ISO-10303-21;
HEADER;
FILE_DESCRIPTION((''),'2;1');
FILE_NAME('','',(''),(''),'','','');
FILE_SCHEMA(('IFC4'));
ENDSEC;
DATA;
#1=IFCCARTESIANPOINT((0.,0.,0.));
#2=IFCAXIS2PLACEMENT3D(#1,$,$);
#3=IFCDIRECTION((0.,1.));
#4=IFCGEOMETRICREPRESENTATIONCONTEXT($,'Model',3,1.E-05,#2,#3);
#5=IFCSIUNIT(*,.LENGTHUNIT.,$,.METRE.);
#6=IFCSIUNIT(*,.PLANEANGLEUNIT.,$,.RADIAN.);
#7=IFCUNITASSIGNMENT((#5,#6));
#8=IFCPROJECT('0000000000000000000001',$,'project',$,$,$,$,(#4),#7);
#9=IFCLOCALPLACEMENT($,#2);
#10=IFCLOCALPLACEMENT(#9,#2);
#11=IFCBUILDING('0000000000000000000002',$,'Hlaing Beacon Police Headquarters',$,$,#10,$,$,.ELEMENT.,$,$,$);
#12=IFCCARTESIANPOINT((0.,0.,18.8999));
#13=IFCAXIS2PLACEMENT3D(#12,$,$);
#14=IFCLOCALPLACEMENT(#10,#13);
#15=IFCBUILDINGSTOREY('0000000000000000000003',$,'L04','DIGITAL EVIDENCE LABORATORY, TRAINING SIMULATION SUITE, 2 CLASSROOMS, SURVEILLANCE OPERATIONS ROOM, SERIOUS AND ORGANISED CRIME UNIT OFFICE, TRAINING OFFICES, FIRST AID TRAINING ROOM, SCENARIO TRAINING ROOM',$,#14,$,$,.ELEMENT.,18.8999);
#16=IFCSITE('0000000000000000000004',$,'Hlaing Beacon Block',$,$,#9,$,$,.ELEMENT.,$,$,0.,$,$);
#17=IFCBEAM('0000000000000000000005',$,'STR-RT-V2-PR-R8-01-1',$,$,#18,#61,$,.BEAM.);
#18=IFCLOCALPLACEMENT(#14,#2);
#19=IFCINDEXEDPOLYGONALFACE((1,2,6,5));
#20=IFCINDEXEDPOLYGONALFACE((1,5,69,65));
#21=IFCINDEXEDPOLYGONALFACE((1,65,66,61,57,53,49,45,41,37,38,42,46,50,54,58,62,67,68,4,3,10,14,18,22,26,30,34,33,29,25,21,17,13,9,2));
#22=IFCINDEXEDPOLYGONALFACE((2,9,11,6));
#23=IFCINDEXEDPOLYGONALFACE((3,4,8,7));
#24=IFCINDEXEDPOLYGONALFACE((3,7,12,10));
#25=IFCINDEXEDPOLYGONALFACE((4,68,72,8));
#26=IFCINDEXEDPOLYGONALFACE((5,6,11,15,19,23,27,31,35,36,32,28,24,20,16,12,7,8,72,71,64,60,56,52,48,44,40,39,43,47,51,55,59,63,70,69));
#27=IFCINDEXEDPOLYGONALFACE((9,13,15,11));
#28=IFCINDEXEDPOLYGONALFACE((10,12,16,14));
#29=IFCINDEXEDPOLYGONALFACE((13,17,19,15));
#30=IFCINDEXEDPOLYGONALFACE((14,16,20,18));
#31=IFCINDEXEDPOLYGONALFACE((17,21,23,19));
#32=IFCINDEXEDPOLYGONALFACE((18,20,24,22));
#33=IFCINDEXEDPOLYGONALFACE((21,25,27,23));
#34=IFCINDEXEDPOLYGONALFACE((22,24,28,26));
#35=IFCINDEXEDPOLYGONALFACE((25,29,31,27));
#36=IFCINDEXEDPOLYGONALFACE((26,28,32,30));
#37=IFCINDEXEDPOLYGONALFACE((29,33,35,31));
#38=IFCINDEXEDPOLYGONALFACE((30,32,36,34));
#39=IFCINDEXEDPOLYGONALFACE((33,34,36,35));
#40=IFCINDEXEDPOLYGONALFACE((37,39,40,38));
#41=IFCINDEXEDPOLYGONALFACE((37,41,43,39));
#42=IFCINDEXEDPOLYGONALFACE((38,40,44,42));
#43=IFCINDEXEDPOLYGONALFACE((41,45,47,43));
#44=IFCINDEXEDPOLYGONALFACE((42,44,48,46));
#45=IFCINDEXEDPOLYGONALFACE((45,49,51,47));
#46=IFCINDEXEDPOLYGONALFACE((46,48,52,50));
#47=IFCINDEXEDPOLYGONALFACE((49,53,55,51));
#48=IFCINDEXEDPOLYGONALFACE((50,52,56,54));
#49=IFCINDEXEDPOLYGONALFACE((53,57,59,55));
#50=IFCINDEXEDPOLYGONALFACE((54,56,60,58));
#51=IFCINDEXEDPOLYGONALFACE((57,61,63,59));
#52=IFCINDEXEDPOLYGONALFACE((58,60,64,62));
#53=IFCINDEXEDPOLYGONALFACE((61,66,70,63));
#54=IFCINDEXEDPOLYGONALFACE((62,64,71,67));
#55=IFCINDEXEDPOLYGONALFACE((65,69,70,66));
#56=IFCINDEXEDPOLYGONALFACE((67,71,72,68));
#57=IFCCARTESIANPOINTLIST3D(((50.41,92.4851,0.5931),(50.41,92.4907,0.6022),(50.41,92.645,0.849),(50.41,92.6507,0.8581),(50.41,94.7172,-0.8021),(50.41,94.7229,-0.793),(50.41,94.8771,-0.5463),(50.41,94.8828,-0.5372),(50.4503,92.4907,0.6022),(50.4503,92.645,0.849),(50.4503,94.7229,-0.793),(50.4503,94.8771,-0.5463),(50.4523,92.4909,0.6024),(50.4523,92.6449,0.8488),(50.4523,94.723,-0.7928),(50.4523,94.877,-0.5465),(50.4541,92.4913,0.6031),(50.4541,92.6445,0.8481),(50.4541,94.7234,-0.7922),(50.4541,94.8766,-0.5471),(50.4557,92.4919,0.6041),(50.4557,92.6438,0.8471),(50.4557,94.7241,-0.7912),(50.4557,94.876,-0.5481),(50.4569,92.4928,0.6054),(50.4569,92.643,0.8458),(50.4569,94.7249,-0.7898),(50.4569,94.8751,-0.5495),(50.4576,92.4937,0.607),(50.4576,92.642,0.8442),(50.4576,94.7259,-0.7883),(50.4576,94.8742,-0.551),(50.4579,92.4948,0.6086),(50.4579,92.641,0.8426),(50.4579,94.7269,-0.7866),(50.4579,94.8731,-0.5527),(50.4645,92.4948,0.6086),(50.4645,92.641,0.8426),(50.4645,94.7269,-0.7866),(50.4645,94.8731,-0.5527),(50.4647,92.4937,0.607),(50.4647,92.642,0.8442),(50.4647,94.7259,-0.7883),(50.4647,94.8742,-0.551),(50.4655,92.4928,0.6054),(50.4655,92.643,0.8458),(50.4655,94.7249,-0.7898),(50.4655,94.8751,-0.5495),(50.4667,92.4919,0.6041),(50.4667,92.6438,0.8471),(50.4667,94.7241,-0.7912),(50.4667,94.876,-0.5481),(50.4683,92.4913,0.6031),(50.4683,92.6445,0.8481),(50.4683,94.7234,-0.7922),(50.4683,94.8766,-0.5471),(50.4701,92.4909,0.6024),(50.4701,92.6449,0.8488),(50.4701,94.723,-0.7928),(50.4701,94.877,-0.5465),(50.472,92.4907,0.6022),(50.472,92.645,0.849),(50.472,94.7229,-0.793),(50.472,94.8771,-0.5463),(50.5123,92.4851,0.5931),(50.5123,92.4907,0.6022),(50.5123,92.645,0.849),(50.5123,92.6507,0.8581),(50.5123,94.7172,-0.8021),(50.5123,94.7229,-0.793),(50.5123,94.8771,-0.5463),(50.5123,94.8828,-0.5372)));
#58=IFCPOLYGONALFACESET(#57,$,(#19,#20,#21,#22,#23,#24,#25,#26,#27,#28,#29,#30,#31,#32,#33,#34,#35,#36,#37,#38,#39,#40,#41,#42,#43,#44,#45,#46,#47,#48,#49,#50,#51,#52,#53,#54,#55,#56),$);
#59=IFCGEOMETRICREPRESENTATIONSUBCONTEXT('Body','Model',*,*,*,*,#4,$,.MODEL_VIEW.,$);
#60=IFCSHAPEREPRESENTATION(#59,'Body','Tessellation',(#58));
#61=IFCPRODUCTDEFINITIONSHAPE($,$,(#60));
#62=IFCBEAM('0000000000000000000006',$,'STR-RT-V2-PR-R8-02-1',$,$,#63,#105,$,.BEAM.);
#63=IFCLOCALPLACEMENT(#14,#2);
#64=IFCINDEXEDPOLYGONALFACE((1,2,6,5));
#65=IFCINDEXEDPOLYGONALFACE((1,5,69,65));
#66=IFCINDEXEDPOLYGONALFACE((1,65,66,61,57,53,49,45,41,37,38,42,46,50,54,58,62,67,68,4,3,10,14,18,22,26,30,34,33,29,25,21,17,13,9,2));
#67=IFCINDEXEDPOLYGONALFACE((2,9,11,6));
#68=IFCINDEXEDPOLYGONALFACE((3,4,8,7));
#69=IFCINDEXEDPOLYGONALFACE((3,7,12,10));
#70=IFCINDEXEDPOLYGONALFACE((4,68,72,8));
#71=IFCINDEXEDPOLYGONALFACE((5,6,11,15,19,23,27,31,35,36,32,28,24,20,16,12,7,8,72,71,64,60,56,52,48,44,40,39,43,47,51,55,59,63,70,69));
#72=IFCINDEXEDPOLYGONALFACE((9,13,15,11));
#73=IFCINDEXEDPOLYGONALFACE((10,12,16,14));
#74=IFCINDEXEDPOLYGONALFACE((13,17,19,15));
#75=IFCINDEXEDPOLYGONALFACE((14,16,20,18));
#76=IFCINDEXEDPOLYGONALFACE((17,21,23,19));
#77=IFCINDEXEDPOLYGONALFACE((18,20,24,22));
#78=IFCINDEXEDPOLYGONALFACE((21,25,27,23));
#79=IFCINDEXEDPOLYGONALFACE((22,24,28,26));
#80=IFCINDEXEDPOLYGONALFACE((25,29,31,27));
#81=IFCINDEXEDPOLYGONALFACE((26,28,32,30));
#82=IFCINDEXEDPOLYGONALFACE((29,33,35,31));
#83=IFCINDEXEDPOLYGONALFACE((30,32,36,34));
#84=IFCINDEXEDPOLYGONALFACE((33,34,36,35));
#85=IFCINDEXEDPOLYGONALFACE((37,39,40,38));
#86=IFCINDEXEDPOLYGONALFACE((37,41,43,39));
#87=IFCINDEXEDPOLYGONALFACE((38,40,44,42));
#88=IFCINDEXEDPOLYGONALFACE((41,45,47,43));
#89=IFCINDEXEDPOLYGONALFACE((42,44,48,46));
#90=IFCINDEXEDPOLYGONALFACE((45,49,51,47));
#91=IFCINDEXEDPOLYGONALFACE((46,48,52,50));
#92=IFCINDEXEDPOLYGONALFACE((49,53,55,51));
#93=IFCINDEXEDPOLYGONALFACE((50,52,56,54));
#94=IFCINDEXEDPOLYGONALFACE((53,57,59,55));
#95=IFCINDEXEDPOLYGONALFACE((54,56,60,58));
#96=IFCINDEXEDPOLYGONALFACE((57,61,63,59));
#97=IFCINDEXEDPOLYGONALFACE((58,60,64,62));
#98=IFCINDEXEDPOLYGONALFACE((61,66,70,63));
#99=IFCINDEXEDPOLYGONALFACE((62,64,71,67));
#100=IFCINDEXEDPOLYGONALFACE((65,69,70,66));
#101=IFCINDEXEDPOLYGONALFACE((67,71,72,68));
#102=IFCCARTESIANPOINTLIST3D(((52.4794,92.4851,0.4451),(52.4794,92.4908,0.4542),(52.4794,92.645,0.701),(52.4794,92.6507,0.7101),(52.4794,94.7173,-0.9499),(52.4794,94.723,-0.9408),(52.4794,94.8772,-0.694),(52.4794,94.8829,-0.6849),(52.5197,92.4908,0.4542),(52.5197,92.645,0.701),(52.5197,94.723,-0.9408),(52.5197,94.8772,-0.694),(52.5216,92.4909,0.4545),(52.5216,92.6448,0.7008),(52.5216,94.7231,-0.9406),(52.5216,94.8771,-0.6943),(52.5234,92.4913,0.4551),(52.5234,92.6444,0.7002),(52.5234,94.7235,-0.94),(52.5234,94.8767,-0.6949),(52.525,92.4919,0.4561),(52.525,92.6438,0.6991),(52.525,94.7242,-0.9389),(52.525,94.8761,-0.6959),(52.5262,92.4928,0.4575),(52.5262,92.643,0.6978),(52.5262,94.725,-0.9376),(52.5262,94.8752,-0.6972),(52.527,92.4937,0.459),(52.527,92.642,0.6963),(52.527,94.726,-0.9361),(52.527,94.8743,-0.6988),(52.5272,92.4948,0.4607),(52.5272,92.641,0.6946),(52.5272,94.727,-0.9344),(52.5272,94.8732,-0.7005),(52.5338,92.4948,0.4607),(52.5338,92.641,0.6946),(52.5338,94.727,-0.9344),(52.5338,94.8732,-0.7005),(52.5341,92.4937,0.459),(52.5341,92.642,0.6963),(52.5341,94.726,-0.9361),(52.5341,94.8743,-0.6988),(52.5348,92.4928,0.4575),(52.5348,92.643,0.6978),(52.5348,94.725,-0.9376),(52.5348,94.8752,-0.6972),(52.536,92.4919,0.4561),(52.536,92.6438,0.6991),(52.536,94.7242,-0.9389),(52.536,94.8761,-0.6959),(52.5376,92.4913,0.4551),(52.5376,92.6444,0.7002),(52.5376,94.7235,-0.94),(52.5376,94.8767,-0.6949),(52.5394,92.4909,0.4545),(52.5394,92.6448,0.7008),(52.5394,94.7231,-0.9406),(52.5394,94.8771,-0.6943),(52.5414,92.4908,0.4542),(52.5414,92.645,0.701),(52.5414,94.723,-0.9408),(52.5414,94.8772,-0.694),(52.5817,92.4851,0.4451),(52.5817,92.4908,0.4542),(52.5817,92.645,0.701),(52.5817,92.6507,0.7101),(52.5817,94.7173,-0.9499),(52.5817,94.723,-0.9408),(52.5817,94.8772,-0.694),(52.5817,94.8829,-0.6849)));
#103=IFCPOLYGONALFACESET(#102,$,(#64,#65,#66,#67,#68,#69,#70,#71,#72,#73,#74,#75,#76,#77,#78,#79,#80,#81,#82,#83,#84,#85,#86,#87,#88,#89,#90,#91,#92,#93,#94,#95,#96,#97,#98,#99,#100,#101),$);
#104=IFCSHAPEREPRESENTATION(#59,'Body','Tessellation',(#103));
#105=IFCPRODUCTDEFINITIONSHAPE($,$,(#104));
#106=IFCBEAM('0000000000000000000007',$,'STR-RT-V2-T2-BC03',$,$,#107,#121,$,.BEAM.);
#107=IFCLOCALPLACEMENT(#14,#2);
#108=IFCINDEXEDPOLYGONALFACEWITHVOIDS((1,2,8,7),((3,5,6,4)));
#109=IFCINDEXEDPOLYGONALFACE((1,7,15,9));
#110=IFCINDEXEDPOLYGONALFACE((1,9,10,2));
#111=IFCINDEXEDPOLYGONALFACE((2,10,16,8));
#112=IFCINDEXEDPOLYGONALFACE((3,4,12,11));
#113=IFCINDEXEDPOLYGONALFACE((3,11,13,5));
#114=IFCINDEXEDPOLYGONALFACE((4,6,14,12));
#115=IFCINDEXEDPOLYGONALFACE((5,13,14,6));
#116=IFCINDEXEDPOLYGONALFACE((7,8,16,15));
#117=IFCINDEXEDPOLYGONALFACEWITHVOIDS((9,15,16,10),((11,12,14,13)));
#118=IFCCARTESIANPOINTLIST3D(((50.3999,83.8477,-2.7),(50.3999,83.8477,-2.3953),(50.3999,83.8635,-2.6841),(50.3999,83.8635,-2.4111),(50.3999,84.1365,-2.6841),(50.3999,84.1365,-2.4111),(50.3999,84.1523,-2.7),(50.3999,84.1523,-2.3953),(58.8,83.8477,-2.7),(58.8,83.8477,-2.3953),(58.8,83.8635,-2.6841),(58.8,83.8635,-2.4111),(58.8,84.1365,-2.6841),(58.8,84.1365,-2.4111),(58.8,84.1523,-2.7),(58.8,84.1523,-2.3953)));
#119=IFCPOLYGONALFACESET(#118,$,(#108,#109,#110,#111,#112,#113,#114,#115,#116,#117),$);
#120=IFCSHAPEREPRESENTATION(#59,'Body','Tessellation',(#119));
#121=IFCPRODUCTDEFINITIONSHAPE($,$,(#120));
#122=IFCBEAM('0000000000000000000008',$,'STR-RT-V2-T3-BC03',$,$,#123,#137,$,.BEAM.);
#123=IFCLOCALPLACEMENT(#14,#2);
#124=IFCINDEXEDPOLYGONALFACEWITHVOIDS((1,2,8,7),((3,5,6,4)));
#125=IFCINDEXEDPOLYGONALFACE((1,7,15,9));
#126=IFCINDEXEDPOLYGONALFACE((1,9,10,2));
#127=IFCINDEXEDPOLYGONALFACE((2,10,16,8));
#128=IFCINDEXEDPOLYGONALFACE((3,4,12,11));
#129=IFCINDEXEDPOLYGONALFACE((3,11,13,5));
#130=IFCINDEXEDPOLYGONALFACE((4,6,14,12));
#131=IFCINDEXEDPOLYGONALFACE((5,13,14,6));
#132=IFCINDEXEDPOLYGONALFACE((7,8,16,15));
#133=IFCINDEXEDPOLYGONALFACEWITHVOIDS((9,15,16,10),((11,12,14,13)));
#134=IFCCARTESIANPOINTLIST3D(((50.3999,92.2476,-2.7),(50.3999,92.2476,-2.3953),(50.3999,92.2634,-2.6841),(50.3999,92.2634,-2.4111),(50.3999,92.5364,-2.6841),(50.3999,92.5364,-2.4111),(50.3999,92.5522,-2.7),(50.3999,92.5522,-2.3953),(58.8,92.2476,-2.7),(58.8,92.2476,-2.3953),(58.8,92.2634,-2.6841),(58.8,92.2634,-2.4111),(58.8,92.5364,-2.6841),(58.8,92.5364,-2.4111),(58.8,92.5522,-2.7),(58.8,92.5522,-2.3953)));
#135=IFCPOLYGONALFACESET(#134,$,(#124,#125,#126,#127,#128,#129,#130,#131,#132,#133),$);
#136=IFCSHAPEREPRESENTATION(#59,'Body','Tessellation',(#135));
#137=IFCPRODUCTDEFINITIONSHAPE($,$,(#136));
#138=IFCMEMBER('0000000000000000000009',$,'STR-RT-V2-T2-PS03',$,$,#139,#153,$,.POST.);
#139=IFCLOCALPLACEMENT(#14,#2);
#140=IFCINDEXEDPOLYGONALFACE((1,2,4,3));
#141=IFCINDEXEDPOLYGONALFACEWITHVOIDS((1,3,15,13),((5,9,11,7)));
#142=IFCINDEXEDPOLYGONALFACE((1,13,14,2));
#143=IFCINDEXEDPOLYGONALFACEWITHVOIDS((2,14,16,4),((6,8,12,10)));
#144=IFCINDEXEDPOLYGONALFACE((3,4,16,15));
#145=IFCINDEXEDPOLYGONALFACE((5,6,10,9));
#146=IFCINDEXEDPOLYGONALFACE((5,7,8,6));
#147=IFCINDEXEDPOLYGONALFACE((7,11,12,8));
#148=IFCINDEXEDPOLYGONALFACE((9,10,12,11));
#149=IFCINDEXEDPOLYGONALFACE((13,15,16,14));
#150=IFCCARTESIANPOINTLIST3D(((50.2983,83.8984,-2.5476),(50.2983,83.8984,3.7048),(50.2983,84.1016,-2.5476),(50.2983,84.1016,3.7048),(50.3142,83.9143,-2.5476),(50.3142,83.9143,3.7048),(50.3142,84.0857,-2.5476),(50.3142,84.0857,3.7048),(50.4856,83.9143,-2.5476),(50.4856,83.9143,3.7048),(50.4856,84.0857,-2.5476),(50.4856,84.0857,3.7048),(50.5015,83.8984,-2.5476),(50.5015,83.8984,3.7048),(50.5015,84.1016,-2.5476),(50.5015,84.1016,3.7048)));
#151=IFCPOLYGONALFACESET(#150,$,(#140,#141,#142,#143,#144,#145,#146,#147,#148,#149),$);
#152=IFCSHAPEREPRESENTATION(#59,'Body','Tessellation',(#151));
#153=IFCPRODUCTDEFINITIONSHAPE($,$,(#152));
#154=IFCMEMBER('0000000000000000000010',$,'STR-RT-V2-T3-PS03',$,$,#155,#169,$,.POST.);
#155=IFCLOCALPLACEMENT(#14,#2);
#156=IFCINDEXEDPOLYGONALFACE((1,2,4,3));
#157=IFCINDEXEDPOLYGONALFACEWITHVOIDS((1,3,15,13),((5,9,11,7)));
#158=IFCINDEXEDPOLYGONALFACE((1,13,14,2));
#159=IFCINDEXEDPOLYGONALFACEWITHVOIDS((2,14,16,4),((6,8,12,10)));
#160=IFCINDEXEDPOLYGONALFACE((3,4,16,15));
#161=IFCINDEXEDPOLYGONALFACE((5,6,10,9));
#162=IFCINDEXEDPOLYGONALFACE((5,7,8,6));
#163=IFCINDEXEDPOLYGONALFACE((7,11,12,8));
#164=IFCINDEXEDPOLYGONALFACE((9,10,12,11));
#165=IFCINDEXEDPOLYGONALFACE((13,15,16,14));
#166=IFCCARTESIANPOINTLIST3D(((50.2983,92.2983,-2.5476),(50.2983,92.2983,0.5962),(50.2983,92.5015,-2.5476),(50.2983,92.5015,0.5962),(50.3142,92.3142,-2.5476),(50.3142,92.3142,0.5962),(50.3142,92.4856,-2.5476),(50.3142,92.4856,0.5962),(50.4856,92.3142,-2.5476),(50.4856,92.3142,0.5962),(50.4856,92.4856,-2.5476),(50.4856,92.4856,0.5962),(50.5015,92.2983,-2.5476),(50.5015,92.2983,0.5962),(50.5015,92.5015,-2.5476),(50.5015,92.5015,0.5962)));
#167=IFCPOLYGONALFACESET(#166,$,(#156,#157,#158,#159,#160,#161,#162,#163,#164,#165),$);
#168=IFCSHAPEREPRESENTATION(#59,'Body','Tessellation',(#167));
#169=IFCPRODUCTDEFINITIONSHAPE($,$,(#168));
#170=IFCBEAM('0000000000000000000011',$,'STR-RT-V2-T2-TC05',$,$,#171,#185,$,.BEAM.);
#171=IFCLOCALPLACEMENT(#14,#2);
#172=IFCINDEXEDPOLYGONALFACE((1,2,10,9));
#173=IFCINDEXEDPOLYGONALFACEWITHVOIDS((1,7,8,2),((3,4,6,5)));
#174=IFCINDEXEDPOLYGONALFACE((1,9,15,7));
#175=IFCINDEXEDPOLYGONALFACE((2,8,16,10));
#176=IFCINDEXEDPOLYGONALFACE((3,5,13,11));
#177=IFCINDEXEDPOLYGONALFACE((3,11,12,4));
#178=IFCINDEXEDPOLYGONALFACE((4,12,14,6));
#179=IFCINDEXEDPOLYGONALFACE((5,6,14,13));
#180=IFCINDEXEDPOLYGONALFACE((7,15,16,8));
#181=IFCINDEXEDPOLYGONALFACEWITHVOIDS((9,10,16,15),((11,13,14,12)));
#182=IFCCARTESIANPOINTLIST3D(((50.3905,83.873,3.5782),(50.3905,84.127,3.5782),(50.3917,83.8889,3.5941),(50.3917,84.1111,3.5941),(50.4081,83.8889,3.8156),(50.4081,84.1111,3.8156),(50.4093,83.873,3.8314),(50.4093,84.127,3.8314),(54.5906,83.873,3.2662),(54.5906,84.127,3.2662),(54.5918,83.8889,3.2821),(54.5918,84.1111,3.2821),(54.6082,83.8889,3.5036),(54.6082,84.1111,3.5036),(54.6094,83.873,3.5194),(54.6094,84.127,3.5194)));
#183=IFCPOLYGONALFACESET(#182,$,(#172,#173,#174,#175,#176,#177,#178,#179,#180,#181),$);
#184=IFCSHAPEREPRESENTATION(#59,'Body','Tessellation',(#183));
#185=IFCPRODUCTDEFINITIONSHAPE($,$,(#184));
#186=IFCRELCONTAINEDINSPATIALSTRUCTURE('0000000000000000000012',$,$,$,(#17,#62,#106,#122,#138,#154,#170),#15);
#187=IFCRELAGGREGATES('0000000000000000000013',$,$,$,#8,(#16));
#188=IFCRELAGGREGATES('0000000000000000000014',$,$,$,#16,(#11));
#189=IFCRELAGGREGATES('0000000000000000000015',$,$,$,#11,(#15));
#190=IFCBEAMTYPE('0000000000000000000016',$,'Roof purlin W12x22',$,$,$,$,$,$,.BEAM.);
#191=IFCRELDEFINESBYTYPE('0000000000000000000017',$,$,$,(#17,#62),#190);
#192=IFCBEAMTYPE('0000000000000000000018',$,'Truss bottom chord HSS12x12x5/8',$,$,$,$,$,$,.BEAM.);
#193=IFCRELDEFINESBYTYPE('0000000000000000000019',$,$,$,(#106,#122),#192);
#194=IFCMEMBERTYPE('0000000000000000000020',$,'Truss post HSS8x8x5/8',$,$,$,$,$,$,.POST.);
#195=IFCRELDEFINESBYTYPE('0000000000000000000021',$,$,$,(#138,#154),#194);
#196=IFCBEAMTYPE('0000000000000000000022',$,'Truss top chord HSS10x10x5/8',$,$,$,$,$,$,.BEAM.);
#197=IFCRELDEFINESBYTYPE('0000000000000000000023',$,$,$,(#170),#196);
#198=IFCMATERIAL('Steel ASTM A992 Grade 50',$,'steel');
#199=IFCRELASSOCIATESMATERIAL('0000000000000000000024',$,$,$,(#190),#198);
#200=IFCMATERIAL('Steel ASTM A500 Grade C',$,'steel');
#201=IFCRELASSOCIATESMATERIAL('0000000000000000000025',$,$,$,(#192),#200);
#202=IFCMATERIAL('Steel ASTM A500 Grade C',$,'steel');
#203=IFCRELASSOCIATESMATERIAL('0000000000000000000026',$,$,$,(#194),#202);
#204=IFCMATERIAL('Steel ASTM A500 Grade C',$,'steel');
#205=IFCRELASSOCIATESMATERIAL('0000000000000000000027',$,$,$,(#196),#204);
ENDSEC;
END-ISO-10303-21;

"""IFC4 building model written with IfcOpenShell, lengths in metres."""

from ifc_helpers import new_model, si_unit, direction, frame, origin, origin_2d, place, context, subcontext, project, spatial, hollow_rectangle, i_section, extrude, material, material_profile, profile_set, type_object, element, save


model = new_model("IFC4")

# Units and contexts
model_context = context("Model", 3, precision=1e-05, world=origin(), true_north=direction((0.0, 1.0)))
body_context = subcontext(model_context, "Body", "Model", "MODEL_VIEW")
ifc_project = project(units=[si_unit("LENGTHUNIT", "METRE"), si_unit("PLANEANGLEUNIT", "RADIAN")], contexts=[model_context])

# Site, building, storey
site_placement = place(None, origin())
site = spatial("IfcSite", under=ifc_project, at=site_placement, Name="Hlaing Beacon Block", CompositionType="ELEMENT", RefElevation=0.0)
building_placement = place(site_placement, origin())
building = spatial("IfcBuilding", under=site, at=building_placement, Name="Hlaing Beacon Police Headquarters", CompositionType="ELEMENT")
storey_placement = place(building_placement, frame((0.0, 0.0, 18.8999)))
storey = spatial("IfcBuildingStorey", under=building, at=storey_placement, Name="L04", Description="DIGITAL EVIDENCE LABORATORY, TRAINING SIMULATION SUITE, 2 CLASSROOMS, SURVEILLANCE OPERATIONS ROOM, SERIOUS AND ORGANISED CRIME UNIT OFFICE, TRAINING OFFICES, FIRST AID TRAINING ROOM, SCENARIO TRAINING ROOM", CompositionType="ELEMENT", Elevation=18.8999)

# Beams
ifc_material_1 = material(Name="Steel ASTM A992 Grade 50", Category="steel")
ifc_material_profile_1 = material_profile(ifc_material_1, i_section(OverallWidth=0.1023, OverallDepth=0.3125, WebThickness=0.0066, FlangeThickness=0.0107, FilletRadius=0.0076, at=origin_2d()), Name="W12x22")
ifc_profile_set_1 = profile_set([ifc_material_profile_1], Name="Steel ASTM A992 Grade 50")
beam_type_1 = type_object("IfcBeamType", Name="Roof purlin W12x22", PredefinedType="BEAM", material=ifc_profile_set_1)
for number, where, z_axis, x_axis, name in (
    (1, (50.4612, 92.5679, 0.7256), (0.0, 0.847972, -0.530041), (-1.0, 0.0, 0.0), "STR-RT-V2-PR-R8-01-1"),
    (2, (52.5305, 92.5679, 0.5776), (0.0, 0.848014, -0.529974), (-1.0, 0.0, 0.0), "STR-RT-V2-PR-R8-02-1"),
):
    element("IfcBeam", number, at=place(storey_placement, frame(where, z_axis=z_axis, x_axis=x_axis)), inside=storey, type_object=beam_type_1, Name=name, PredefinedType="BEAM", context=body_context, shape_type="SweptSolid", body=[
        extrude(i_section(OverallWidth=0.1023, OverallDepth=0.3125, WebThickness=0.0066, FlangeThickness=0.0107, FilletRadius=0.0076, at=origin_2d()), origin(), (0.0, 0.0, 1.0), 2.6323),
    ])
ifc_material_2 = material(Name="Steel ASTM A500 Grade C", Category="steel")
ifc_material_profile_2 = material_profile(ifc_material_2, hollow_rectangle(XDim=0.3047, YDim=0.3047, WallThickness=0.0159, at=origin_2d()), Name="HSS12x12x5/8")
ifc_profile_set_2 = profile_set([ifc_material_profile_2], Name="Steel ASTM A500 Grade C")
beam_type_2 = type_object("IfcBeamType", Name="Truss bottom chord HSS12x12x5/8", PredefinedType="BEAM", material=ifc_profile_set_2)
for number, where, z_axis, x_axis, name in (
    (3, (50.3999, 84.0, -2.5476), (1.0, 0.0, 0.0), (0.0, 1.0, 0.0), "STR-RT-V2-T2-BC03"),
    (4, (50.3999, 92.3999, -2.5476), (1.0, 0.0, 0.0), (0.0, 1.0, 0.0), "STR-RT-V2-T3-BC03"),
):
    element("IfcBeam", number, at=place(storey_placement, frame(where, z_axis=z_axis, x_axis=x_axis)), inside=storey, type_object=beam_type_2, Name=name, PredefinedType="BEAM", context=body_context, shape_type="SweptSolid", body=[
        extrude(hollow_rectangle(XDim=0.3047, YDim=0.3047, WallThickness=0.0159, at=origin_2d()), origin(), (0.0, 0.0, 1.0), 8.4001),
    ])

# Members
ifc_material_3 = material(Name="Steel ASTM A500 Grade C", Category="steel")
ifc_material_profile_3 = material_profile(ifc_material_3, hollow_rectangle(XDim=0.2031, YDim=0.2031, WallThickness=0.0159, at=origin_2d()), Name="HSS8x8x5/8")
ifc_profile_set_3 = profile_set([ifc_material_profile_3], Name="Steel ASTM A500 Grade C")
member_type_1 = type_object("IfcMemberType", Name="Truss post HSS8x8x5/8", PredefinedType="POST", material=ifc_profile_set_3)
member_1_placement = place(storey_placement, frame((50.3999, 84.0, -2.5476), z_axis=(0.0, 0.0, 1.0), x_axis=(1.0, 0.0, 0.0)))
element("IfcMember", 5, at=member_1_placement, inside=storey, type_object=member_type_1, Name="STR-RT-V2-T2-PS03", PredefinedType="POST", context=body_context, shape_type="SweptSolid", body=[
    extrude(hollow_rectangle(XDim=0.2031, YDim=0.2031, WallThickness=0.0159, at=origin_2d()), origin(), (0.0, 0.0, 1.0), 6.2524),
])
member_2_placement = place(storey_placement, frame((50.3999, 92.3999, -2.5476), z_axis=(0.0, 0.0, 1.0), x_axis=(1.0, 0.0, 0.0)))
element("IfcMember", 6, at=member_2_placement, inside=storey, type_object=member_type_1, Name="STR-RT-V2-T3-PS03", PredefinedType="POST", context=body_context, shape_type="SweptSolid", body=[
    extrude(hollow_rectangle(XDim=0.2031, YDim=0.2031, WallThickness=0.0159, at=origin_2d()), origin(), (0.0, 0.0, 1.0), 3.1438),
])

# Beam
ifc_material_4 = material(Name="Steel ASTM A500 Grade C", Category="steel")
ifc_material_profile_4 = material_profile(ifc_material_4, hollow_rectangle(XDim=0.2539, YDim=0.2539, WallThickness=0.0159, at=origin_2d()), Name="HSS10x10x5/8")
ifc_profile_set_4 = profile_set([ifc_material_profile_4], Name="Steel ASTM A500 Grade C")
beam_type_3 = type_object("IfcBeamType", Name="Truss top chord HSS10x10x5/8", PredefinedType="BEAM", material=ifc_profile_set_4)
for number, where, z_axis, x_axis, name in (
    (7, (50.3999, 84.0, 3.7048), (0.997252, 0.0, -0.074081), (0.0, 1.0, 0.0), "STR-RT-V2-T2-TC05"),
):
    element("IfcBeam", number, at=place(storey_placement, frame(where, z_axis=z_axis, x_axis=x_axis)), inside=storey, type_object=beam_type_3, Name=name, PredefinedType="BEAM", context=body_context, shape_type="SweptSolid", body=[
        extrude(hollow_rectangle(XDim=0.2539, YDim=0.2539, WallThickness=0.0159, at=origin_2d()), origin(), (0.0, 0.0, 1.0), 4.2117),
    ])

save(model, "model.ifc")
